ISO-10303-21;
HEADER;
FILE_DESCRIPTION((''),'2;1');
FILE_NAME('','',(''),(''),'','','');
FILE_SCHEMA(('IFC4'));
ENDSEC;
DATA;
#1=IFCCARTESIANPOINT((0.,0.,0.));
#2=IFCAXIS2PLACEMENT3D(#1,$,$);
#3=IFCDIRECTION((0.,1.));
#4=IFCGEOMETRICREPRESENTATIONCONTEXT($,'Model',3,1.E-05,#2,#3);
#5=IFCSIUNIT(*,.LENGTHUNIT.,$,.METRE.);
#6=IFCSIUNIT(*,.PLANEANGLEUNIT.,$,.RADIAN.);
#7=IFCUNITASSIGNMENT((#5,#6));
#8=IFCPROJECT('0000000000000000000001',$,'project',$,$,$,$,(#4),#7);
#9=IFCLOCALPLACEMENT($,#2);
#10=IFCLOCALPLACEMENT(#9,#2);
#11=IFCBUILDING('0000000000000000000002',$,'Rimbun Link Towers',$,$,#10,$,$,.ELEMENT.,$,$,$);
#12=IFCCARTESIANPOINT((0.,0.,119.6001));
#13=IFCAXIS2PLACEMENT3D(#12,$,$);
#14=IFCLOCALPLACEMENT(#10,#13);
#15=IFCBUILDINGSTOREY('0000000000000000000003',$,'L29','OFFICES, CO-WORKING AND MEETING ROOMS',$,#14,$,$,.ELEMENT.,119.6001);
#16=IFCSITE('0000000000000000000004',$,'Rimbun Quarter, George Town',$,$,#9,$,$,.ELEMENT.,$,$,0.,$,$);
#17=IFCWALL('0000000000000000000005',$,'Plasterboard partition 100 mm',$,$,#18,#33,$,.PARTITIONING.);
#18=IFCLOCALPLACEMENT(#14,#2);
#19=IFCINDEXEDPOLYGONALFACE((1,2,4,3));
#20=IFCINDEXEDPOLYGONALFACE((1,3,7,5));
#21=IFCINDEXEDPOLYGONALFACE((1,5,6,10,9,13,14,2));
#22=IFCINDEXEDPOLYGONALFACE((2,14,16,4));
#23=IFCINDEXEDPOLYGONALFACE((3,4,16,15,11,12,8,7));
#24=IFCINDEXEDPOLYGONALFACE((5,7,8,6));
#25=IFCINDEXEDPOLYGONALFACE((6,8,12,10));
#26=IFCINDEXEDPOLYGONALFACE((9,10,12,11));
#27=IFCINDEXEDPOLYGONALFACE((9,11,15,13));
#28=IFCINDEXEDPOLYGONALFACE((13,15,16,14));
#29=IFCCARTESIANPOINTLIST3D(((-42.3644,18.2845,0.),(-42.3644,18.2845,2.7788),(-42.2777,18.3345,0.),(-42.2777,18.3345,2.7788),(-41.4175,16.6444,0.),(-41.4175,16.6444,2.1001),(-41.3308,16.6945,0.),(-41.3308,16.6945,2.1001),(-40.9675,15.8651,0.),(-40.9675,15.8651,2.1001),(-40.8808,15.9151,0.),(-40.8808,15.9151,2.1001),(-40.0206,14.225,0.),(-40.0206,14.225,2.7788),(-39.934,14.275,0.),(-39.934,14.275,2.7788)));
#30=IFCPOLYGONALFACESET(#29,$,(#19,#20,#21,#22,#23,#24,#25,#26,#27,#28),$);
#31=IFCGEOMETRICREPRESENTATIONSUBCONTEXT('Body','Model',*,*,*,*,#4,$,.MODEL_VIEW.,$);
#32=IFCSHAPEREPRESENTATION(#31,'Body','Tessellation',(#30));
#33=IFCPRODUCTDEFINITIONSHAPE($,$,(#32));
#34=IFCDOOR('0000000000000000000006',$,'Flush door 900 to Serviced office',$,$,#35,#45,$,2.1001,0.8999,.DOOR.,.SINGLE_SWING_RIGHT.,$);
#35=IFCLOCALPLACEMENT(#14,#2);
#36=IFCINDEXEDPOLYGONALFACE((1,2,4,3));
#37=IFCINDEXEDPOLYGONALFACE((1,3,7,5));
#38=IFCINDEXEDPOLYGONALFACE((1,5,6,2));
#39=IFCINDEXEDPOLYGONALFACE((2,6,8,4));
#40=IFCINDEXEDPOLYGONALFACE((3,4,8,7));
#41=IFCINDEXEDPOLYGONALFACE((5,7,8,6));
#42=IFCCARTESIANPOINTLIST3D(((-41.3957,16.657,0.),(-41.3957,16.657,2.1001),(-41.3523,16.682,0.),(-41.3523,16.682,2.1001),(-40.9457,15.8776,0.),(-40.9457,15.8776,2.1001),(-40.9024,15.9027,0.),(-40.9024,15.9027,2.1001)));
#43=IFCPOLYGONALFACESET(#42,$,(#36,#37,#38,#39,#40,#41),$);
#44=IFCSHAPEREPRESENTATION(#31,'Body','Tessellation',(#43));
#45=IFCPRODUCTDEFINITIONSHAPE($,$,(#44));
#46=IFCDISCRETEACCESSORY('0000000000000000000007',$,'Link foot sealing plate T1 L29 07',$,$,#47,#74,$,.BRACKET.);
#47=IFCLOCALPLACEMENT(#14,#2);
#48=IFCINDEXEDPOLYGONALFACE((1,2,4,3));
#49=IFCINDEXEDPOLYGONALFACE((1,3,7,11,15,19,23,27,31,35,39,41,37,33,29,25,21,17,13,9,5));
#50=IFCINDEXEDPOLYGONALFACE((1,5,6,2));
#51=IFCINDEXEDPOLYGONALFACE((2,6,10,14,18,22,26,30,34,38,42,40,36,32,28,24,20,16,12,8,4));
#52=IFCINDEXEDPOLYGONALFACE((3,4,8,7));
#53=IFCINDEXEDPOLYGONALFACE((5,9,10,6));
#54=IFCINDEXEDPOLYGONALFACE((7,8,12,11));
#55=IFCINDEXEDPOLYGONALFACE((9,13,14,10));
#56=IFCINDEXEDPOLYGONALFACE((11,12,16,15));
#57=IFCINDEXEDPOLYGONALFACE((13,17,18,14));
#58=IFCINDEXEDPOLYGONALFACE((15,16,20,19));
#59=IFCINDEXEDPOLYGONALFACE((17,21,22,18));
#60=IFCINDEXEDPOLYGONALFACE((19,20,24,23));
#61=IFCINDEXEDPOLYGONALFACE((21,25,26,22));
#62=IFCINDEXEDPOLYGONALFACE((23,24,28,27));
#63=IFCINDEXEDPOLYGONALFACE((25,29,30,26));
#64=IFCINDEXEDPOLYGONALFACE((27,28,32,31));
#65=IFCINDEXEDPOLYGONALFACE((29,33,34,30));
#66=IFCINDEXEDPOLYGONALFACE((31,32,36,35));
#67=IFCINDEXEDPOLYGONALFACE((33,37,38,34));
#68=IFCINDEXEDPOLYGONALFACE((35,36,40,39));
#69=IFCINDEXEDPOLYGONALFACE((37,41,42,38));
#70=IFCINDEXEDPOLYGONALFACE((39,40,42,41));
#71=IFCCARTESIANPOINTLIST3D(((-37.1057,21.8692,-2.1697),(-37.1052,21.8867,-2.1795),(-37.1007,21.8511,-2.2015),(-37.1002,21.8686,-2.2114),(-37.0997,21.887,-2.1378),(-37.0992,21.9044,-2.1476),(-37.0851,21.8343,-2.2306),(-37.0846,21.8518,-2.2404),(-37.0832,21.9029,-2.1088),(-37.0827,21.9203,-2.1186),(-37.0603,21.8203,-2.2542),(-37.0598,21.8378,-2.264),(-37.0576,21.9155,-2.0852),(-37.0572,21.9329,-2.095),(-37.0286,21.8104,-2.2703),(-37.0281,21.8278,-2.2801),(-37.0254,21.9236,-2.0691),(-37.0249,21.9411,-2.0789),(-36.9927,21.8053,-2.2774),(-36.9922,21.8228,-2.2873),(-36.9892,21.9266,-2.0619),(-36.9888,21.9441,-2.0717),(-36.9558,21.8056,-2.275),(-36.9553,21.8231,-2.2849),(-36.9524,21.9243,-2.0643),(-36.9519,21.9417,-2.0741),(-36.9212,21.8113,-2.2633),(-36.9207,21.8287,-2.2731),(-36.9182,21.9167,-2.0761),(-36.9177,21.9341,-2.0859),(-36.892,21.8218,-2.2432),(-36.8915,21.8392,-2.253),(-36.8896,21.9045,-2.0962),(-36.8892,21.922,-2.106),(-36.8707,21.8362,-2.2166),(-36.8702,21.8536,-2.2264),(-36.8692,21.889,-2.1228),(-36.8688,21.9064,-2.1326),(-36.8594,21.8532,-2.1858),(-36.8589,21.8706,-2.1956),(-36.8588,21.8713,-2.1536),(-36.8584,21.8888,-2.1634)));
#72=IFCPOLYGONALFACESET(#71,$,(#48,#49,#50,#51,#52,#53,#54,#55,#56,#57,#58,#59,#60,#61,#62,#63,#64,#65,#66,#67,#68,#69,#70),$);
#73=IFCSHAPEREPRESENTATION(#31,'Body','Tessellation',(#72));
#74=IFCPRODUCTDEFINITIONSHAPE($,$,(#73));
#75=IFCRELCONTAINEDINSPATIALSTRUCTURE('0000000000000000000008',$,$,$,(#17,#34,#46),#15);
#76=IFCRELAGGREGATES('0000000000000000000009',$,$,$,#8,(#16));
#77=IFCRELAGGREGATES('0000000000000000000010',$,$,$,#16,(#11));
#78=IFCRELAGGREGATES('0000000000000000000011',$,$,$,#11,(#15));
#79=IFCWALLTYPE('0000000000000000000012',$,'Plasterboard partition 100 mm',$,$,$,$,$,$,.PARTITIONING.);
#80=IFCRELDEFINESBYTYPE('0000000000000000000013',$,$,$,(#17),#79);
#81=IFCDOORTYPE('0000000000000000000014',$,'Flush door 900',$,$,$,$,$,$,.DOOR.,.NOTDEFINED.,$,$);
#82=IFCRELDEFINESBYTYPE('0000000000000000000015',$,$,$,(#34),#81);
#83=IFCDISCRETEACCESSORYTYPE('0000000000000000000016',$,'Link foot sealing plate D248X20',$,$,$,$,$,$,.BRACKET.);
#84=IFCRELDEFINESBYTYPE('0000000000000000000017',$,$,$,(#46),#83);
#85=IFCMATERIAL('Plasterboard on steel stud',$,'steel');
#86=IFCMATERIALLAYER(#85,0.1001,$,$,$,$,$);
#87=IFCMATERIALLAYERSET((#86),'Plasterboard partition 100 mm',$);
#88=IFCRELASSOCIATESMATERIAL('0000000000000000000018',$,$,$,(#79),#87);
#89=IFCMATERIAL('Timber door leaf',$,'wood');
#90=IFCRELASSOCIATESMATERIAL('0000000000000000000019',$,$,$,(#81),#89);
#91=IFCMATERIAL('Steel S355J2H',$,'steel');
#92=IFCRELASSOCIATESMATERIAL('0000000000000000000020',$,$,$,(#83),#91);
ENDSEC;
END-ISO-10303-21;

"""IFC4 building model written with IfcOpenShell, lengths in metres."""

from ifc_helpers import new_model, si_unit, direction, frame, frame_2d, origin, origin_2d, place, context, subcontext, project, spatial, rectangle, circle, extrude, material, layer, layer_set, material_profile, profile_set, type_object, element, fill, save


model = new_model("IFC4")

# Units and contexts
model_context = context("Model", 3, precision=1e-05, world=origin(), true_north=direction((0.0, 1.0)))
body_context = subcontext(model_context, "Body", "Model", "MODEL_VIEW")
ifc_project = project(units=[si_unit("LENGTHUNIT", "METRE"), si_unit("PLANEANGLEUNIT", "RADIAN")], contexts=[model_context])

# Site, building, storey
site_placement = place(None, origin())
site = spatial("IfcSite", under=ifc_project, at=site_placement, Name="Rimbun Quarter, George Town", CompositionType="ELEMENT", RefElevation=0.0)
building_placement = place(site_placement, origin())
building = spatial("IfcBuilding", under=site, at=building_placement, Name="Rimbun Link Towers", CompositionType="ELEMENT")
storey_placement = place(building_placement, frame((0.0, 0.0, 119.6001)))
storey = spatial("IfcBuildingStorey", under=building, at=storey_placement, Name="L29", Description="OFFICES, CO-WORKING AND MEETING ROOMS", CompositionType="ELEMENT", Elevation=119.6001)

# Shared definitions
ifc_material_1 = material(Name="Plasterboard on steel stud", Category="steel")
ifc_layer_1 = layer(ifc_material_1, 0.1001)
ifc_layer_set_1 = layer_set([ifc_layer_1], Name="Plasterboard partition 100 mm")
wall_type = type_object("IfcWallType", Name="Plasterboard partition 100 mm", PredefinedType="PARTITIONING", material=ifc_layer_set_1)

# Wall, opening, door
wall_1_placement = place(storey_placement, frame((-39.9773, 14.25, 0.0), z_axis=(0.0, 0.0, 1.0), x_axis=(-0.499993, 0.866029, 0.0)))
wall_1 = element("IfcWall", 1, at=wall_1_placement, inside=storey, type_object=wall_type, Name="Plasterboard partition 100 mm", PredefinedType="PARTITIONING", context=body_context, shape_type="SweptSolid", body=[
    extrude(rectangle(XDim=4.6875, YDim=0.1001, at=frame_2d((2.3438, 0.0))), origin(), (0.0, 0.0, 1.0), 2.7788),
])
opening_1_placement = place(wall_1_placement, frame((1.8938, 0.0, 0.0)))
opening_1 = element("IfcOpeningElement", 2, at=opening_1_placement, cuts=wall_1, PredefinedType="OPENING", context=body_context, shape_type="SweptSolid", body=[
    extrude(rectangle(XDim=0.8999, YDim=2.1001, at=frame_2d((0.45, 1.05))), frame((0.0, 0.0601, 0.0), z_axis=(0.0, -1.0, 0.0), x_axis=(1.0, 0.0, 0.0)), (0.0, 0.0, 1.0), 0.1201),
])
ifc_material_2 = material(Name="Timber door leaf", Category="wood")
door_type_1 = type_object("IfcDoorType", Name="Flush door 900", OperationType="NOTDEFINED", PredefinedType="DOOR", material=ifc_material_2)
door_1_placement = place(opening_1_placement, origin())
door_1 = element("IfcDoor", 3, at=door_1_placement, inside=storey, type_object=door_type_1, Name="Flush door 900 to Serviced office", OperationType="SINGLE_SWING_RIGHT", OverallHeight=2.1001, OverallWidth=0.8999, PredefinedType="DOOR", context=body_context, shape_type="SweptSolid", body=[
    extrude(rectangle(XDim=0.8999, YDim=2.1001, at=frame_2d((0.45, 1.05))), frame((0.0, 0.0249, 0.0), z_axis=(0.0, -1.0, 0.0), x_axis=(1.0, 0.0, 0.0)), (0.0, 0.0, 1.0), 0.05),
])
fill(opening_1, door_1)

# Discrete accessory
ifc_material_3 = material(Name="Steel S355J2H", Category="steel")
ifc_material_profile_1 = material_profile(ifc_material_3, circle(Radius=0.124, at=origin_2d()), Name="PL D248")
ifc_profile_set_1 = profile_set([ifc_material_profile_1], Name="Steel S355J2H")
discrete_accessory_type = type_object("IfcDiscreteAccessoryType", Name="Link foot sealing plate D248X20", PredefinedType="BRACKET", material=ifc_profile_set_1)
discrete_accessory_placement = place(storey_placement, frame((-36.9817, 21.8657, -2.1697), z_axis=(0.024535, 0.870985, -0.490696), x_axis=(-0.999603, 0.028158, 0.0)))
element("IfcDiscreteAccessory", 4, at=discrete_accessory_placement, inside=storey, type_object=discrete_accessory_type, Name="Link foot sealing plate T1 L29 07", PredefinedType="BRACKET", context=body_context, shape_type="SweptSolid", body=[
    extrude(circle(Radius=0.124, at=origin_2d()), origin(), (0.0, 0.0, 1.0), 0.02),
])

save(model, "model.ifc")
